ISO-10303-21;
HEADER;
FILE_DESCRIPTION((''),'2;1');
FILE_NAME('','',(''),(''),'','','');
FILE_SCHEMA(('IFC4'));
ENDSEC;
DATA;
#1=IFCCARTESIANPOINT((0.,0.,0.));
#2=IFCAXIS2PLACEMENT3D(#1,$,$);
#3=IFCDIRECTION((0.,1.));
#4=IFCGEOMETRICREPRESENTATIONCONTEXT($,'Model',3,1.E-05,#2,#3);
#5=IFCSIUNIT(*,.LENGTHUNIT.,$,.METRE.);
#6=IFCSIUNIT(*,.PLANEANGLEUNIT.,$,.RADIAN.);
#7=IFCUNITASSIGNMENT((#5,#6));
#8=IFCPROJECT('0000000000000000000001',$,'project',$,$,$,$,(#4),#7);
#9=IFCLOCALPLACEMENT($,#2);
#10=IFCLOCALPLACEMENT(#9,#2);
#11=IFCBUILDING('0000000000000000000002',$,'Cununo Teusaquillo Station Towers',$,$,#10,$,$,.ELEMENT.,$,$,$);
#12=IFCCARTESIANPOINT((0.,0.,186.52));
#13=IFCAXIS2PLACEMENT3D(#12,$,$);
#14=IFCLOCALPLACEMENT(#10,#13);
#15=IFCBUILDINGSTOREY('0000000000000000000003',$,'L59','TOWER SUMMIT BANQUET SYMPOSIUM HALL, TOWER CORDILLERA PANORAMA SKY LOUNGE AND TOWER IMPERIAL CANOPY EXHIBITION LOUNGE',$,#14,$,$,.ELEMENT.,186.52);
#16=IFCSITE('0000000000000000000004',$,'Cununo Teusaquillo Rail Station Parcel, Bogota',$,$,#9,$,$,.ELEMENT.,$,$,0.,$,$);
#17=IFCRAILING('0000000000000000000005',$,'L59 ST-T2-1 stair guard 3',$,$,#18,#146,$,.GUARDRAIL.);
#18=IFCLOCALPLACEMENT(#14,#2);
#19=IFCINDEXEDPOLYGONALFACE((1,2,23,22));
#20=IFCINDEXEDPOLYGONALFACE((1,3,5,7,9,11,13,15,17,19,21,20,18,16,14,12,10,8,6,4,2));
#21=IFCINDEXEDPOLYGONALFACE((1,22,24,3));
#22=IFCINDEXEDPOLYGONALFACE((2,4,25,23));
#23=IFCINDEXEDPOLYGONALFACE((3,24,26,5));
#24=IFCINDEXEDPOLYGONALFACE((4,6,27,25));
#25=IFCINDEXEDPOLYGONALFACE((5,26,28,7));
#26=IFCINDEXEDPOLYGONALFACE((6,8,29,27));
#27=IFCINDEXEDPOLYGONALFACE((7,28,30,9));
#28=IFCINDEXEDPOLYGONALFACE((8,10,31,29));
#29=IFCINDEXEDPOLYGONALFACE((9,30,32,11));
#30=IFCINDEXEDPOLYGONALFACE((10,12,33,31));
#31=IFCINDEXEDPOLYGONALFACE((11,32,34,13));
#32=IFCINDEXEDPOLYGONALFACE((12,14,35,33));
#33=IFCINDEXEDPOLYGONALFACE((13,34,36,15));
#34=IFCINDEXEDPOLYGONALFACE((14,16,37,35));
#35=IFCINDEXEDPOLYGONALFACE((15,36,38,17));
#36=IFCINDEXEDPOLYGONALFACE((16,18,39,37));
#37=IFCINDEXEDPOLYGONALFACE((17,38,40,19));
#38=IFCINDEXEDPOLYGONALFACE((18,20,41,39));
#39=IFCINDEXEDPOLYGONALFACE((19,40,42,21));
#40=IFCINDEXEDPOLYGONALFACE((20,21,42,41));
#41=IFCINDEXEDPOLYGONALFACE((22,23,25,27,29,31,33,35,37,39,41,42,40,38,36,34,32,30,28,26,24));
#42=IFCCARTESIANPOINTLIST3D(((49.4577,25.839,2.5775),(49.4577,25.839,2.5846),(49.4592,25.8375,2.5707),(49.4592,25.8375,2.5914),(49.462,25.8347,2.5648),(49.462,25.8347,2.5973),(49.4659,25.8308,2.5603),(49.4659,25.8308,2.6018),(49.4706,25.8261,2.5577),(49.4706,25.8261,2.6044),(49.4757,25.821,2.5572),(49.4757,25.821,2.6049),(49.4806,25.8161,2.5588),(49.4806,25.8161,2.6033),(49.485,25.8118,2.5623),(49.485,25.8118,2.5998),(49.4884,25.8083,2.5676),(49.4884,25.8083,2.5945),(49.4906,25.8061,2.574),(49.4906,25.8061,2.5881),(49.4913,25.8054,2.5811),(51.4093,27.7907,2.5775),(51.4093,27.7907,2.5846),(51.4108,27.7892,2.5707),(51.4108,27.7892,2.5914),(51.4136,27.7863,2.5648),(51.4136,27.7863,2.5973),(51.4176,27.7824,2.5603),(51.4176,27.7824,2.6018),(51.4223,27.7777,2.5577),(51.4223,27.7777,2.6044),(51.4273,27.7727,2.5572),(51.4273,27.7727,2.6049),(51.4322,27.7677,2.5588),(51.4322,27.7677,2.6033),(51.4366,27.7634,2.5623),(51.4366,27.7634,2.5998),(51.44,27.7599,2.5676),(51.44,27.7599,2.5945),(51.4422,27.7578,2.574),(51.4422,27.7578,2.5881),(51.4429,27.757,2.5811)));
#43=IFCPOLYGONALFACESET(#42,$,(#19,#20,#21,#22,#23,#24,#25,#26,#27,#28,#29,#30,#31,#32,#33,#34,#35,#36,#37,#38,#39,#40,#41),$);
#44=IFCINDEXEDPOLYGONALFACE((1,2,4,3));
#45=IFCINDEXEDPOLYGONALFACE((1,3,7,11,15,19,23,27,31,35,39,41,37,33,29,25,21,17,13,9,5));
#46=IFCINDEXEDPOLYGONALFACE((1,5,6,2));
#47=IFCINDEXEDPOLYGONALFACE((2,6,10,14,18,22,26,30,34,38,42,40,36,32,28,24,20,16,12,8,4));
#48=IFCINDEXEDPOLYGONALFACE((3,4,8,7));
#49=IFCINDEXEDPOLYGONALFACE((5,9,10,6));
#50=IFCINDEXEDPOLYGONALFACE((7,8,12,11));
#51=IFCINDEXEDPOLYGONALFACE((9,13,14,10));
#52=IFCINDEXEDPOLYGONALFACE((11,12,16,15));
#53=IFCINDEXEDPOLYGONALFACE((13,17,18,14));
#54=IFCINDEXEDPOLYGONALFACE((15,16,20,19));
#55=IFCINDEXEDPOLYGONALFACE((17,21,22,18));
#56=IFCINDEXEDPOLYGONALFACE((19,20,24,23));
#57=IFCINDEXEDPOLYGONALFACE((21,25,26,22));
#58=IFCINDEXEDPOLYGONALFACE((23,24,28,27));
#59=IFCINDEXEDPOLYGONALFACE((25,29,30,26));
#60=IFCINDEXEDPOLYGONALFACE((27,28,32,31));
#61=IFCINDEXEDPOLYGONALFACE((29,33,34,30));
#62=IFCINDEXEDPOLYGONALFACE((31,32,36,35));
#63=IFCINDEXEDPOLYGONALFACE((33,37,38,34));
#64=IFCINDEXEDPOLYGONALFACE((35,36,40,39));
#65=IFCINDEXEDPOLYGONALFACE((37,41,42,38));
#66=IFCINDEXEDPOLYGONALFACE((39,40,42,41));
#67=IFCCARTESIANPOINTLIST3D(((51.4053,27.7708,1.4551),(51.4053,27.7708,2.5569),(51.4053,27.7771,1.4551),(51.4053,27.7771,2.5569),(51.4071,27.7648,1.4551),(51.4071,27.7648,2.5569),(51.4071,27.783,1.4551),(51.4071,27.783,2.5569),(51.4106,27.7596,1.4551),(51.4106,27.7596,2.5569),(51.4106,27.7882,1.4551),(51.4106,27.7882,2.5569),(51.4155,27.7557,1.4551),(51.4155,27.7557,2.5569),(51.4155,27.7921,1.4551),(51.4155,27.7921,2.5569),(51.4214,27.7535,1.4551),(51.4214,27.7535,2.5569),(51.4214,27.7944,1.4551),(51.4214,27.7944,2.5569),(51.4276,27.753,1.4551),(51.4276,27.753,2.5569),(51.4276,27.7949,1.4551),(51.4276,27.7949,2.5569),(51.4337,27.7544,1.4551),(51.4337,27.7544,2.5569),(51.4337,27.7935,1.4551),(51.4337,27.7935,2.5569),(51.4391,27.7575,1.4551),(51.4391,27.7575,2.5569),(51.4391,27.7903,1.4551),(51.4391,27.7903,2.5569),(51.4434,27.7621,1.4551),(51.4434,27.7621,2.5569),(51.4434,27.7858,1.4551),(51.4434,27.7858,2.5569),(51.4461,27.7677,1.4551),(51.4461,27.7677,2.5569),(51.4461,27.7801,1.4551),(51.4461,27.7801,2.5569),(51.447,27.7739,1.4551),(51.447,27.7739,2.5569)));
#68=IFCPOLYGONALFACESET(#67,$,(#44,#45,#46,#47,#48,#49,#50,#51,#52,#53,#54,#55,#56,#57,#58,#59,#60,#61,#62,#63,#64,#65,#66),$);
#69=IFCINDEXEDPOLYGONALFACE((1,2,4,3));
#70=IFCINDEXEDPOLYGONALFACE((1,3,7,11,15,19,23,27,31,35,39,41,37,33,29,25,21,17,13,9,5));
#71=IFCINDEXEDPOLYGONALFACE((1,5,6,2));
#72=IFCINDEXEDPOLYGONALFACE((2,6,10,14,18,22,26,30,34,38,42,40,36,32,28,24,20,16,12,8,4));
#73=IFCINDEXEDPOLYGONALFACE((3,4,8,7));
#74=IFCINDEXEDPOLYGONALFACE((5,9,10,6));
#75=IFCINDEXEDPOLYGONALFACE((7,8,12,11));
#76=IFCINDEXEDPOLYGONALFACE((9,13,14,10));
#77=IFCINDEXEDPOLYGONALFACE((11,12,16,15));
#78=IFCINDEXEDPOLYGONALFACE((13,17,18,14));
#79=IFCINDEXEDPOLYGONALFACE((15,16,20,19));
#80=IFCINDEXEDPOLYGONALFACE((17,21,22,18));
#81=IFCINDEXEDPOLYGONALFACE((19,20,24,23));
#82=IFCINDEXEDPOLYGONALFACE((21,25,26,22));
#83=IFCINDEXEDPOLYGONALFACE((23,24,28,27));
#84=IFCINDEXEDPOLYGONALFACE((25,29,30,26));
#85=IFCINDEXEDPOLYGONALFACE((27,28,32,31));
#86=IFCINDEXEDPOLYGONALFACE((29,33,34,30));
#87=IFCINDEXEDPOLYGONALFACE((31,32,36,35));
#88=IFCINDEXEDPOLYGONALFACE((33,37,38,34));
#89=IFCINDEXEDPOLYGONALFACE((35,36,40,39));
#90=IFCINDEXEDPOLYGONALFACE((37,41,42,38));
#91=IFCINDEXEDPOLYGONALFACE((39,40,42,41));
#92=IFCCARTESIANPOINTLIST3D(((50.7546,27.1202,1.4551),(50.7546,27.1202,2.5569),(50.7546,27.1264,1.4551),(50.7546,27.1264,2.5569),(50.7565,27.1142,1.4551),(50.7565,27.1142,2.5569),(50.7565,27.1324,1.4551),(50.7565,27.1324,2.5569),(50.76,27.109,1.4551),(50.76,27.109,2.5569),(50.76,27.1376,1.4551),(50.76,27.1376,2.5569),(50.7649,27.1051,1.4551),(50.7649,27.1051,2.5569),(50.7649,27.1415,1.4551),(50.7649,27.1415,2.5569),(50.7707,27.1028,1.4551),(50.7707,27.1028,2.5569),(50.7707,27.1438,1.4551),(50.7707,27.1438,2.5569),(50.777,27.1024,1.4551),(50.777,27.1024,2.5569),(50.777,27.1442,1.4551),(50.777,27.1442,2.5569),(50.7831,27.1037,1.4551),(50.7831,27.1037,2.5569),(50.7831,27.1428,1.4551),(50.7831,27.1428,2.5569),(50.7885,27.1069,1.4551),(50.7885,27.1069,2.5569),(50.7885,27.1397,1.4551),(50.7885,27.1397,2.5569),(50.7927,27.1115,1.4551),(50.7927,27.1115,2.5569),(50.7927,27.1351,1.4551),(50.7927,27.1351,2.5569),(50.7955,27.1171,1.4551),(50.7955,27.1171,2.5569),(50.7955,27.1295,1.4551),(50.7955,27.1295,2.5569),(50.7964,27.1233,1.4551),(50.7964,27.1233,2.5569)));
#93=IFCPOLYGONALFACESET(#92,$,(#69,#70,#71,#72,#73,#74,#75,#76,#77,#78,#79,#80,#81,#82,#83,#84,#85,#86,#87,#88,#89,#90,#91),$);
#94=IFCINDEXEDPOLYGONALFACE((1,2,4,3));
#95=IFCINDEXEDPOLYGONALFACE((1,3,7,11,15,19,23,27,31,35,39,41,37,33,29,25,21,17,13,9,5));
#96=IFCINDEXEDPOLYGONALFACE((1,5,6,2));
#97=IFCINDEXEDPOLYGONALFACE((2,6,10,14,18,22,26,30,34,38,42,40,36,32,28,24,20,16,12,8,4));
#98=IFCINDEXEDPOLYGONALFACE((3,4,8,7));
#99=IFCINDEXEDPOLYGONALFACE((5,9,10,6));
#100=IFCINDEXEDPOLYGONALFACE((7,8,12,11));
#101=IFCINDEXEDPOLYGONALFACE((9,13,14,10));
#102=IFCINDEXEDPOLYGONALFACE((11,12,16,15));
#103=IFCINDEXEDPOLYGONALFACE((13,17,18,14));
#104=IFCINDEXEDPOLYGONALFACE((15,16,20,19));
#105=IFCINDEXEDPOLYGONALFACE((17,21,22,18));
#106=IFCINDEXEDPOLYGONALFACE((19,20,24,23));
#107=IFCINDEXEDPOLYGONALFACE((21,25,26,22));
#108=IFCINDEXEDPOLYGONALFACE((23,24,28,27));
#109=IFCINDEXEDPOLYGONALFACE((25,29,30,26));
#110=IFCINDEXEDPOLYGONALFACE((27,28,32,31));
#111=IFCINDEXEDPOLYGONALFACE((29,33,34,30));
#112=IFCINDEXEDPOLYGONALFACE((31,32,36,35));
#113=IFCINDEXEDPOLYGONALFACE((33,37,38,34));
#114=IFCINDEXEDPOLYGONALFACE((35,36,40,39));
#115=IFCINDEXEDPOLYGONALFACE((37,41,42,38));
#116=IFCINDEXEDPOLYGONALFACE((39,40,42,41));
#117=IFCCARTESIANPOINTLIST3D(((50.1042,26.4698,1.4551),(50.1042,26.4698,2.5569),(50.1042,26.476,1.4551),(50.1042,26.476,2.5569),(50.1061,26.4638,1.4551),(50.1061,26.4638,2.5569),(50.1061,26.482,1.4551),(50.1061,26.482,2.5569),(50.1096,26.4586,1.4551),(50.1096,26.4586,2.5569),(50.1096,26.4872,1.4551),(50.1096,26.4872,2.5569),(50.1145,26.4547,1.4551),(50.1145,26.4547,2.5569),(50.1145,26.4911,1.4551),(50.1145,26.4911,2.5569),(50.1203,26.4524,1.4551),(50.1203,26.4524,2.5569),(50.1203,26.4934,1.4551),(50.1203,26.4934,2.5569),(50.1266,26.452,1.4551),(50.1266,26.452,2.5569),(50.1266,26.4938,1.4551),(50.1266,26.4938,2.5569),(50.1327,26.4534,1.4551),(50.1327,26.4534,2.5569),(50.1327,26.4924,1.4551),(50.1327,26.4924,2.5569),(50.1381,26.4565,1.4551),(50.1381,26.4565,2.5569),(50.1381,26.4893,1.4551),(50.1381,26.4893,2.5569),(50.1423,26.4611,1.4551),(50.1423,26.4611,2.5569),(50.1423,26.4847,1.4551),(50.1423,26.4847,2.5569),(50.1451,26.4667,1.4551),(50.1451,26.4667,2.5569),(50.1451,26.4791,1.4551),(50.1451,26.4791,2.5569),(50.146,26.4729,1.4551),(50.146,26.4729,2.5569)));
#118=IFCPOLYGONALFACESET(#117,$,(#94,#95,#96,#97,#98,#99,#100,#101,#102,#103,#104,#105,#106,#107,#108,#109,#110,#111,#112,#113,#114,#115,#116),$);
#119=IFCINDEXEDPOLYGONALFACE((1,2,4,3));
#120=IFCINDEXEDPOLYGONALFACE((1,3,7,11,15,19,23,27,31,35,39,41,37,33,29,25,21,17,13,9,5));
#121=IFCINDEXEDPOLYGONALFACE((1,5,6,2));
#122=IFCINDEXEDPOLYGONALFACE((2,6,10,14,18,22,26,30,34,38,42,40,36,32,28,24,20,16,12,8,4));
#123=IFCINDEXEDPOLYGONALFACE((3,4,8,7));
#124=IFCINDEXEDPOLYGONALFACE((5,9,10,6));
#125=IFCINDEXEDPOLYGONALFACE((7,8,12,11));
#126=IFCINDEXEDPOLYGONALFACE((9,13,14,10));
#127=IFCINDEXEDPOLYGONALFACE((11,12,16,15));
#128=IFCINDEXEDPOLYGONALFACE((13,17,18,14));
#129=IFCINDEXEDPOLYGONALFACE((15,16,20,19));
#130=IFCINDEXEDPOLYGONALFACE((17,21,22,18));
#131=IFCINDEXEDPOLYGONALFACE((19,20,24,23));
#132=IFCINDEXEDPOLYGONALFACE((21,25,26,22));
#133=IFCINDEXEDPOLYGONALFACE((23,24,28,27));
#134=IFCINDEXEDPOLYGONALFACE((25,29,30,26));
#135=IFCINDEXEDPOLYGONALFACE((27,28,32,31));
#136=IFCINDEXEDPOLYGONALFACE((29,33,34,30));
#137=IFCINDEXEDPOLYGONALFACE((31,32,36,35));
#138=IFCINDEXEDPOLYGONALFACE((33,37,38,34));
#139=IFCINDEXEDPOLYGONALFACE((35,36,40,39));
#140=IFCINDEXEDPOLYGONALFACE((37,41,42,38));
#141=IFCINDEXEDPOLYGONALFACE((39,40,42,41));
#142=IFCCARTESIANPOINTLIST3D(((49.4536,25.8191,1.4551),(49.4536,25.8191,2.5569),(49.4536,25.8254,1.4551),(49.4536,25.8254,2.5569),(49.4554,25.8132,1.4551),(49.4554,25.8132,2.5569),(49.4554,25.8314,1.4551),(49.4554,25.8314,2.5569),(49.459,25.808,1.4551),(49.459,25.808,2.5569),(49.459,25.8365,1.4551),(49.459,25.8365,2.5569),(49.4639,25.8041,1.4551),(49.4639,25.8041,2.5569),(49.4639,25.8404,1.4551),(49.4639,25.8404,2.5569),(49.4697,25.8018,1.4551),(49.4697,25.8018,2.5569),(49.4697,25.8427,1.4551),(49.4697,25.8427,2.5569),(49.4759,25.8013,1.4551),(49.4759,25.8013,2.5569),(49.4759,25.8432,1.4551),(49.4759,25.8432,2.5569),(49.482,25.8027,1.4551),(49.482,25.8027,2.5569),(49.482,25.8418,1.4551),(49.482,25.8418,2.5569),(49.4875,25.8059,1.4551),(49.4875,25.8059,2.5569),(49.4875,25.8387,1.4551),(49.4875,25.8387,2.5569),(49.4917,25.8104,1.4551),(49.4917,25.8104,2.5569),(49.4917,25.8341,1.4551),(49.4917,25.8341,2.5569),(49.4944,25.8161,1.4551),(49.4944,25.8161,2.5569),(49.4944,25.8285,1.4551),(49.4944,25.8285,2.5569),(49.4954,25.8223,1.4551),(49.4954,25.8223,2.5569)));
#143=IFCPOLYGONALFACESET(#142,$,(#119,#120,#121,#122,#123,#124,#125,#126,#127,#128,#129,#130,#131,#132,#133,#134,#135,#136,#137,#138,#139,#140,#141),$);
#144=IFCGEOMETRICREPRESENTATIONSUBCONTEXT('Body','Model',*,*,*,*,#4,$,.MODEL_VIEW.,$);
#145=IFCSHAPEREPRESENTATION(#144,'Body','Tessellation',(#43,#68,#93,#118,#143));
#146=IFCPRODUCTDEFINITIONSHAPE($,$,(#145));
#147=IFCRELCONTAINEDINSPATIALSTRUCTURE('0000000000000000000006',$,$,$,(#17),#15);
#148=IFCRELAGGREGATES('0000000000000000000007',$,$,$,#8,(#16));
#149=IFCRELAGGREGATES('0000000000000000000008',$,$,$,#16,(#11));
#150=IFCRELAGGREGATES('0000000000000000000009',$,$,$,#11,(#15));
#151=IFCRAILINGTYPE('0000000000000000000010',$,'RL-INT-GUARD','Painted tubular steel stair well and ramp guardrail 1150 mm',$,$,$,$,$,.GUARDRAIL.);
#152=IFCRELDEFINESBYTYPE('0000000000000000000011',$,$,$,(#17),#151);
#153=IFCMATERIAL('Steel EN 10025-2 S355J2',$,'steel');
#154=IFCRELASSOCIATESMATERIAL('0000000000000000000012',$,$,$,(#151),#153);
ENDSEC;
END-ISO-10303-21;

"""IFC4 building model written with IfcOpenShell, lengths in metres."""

from ifc_helpers import new_model, si_unit, direction, frame, origin, origin_2d, place, context, subcontext, project, spatial, circle, extrude, material, type_object, element, save


model = new_model("IFC4")

# Units and contexts
model_context = context("Model", 3, precision=1e-05, world=origin(), true_north=direction((0.0, 1.0)))
body_context = subcontext(model_context, "Body", "Model", "MODEL_VIEW")
ifc_project = project(units=[si_unit("LENGTHUNIT", "METRE"), si_unit("PLANEANGLEUNIT", "RADIAN")], contexts=[model_context])

# Site, building, storey
site_placement = place(None, origin())
site = spatial("IfcSite", under=ifc_project, at=site_placement, Name="Cununo Teusaquillo Rail Station Parcel, Bogota", CompositionType="ELEMENT", RefElevation=0.0)
building_placement = place(site_placement, origin())
building = spatial("IfcBuilding", under=site, at=building_placement, Name="Cununo Teusaquillo Station Towers", CompositionType="ELEMENT")
storey_placement = place(building_placement, frame((0.0, 0.0, 186.52)))
storey = spatial("IfcBuildingStorey", under=building, at=storey_placement, Name="L59", Description="TOWER SUMMIT BANQUET SYMPOSIUM HALL, TOWER CORDILLERA PANORAMA SKY LOUNGE AND TOWER IMPERIAL CANOPY EXHIBITION LOUNGE", CompositionType="ELEMENT", Elevation=186.52)

# Railing
ifc_material_1 = material(Name="Steel EN 10025-2 S355J2", Category="steel")
railing_type_1 = type_object("IfcRailingType", Name="RL-INT-GUARD", Description="Painted tubular steel stair well and ramp guardrail 1150 mm", PredefinedType="GUARDRAIL", material=ifc_material_1)
railing_1_placement = place(storey_placement, frame((51.426, 27.7739, 1.4551)))
element("IfcRailing", 1, at=railing_1_placement, inside=storey, type_object=railing_type_1, Name="L59 ST-T2-1 stair guard 3", PredefinedType="GUARDRAIL", context=body_context, shape_type="SweptSolid", body=[
    extrude(circle(Radius=0.0239, at=origin_2d()), frame((0.0, 0.0, 1.126), z_axis=(-0.707107, -0.707107, 0.0), x_axis=(0.707107, -0.707107, 0.0)), (0.0, 0.0, 1.0), 2.76),
    extrude(circle(Radius=0.021, at=origin_2d()), origin(), (0.0, 0.0, 1.0), 1.1018),
    extrude(circle(Radius=0.021, at=origin_2d()), frame((-0.6506, -0.6506, 0.0)), (0.0, 0.0, 1.0), 1.1018),
    extrude(circle(Radius=0.021, at=origin_2d()), frame((-1.301, -1.301, 0.0)), (0.0, 0.0, 1.0), 1.1018),
    extrude(circle(Radius=0.021, at=origin_2d()), frame((-1.9517, -1.9517, 0.0)), (0.0, 0.0, 1.0), 1.1018),
])

save(model, "model.ifc")
